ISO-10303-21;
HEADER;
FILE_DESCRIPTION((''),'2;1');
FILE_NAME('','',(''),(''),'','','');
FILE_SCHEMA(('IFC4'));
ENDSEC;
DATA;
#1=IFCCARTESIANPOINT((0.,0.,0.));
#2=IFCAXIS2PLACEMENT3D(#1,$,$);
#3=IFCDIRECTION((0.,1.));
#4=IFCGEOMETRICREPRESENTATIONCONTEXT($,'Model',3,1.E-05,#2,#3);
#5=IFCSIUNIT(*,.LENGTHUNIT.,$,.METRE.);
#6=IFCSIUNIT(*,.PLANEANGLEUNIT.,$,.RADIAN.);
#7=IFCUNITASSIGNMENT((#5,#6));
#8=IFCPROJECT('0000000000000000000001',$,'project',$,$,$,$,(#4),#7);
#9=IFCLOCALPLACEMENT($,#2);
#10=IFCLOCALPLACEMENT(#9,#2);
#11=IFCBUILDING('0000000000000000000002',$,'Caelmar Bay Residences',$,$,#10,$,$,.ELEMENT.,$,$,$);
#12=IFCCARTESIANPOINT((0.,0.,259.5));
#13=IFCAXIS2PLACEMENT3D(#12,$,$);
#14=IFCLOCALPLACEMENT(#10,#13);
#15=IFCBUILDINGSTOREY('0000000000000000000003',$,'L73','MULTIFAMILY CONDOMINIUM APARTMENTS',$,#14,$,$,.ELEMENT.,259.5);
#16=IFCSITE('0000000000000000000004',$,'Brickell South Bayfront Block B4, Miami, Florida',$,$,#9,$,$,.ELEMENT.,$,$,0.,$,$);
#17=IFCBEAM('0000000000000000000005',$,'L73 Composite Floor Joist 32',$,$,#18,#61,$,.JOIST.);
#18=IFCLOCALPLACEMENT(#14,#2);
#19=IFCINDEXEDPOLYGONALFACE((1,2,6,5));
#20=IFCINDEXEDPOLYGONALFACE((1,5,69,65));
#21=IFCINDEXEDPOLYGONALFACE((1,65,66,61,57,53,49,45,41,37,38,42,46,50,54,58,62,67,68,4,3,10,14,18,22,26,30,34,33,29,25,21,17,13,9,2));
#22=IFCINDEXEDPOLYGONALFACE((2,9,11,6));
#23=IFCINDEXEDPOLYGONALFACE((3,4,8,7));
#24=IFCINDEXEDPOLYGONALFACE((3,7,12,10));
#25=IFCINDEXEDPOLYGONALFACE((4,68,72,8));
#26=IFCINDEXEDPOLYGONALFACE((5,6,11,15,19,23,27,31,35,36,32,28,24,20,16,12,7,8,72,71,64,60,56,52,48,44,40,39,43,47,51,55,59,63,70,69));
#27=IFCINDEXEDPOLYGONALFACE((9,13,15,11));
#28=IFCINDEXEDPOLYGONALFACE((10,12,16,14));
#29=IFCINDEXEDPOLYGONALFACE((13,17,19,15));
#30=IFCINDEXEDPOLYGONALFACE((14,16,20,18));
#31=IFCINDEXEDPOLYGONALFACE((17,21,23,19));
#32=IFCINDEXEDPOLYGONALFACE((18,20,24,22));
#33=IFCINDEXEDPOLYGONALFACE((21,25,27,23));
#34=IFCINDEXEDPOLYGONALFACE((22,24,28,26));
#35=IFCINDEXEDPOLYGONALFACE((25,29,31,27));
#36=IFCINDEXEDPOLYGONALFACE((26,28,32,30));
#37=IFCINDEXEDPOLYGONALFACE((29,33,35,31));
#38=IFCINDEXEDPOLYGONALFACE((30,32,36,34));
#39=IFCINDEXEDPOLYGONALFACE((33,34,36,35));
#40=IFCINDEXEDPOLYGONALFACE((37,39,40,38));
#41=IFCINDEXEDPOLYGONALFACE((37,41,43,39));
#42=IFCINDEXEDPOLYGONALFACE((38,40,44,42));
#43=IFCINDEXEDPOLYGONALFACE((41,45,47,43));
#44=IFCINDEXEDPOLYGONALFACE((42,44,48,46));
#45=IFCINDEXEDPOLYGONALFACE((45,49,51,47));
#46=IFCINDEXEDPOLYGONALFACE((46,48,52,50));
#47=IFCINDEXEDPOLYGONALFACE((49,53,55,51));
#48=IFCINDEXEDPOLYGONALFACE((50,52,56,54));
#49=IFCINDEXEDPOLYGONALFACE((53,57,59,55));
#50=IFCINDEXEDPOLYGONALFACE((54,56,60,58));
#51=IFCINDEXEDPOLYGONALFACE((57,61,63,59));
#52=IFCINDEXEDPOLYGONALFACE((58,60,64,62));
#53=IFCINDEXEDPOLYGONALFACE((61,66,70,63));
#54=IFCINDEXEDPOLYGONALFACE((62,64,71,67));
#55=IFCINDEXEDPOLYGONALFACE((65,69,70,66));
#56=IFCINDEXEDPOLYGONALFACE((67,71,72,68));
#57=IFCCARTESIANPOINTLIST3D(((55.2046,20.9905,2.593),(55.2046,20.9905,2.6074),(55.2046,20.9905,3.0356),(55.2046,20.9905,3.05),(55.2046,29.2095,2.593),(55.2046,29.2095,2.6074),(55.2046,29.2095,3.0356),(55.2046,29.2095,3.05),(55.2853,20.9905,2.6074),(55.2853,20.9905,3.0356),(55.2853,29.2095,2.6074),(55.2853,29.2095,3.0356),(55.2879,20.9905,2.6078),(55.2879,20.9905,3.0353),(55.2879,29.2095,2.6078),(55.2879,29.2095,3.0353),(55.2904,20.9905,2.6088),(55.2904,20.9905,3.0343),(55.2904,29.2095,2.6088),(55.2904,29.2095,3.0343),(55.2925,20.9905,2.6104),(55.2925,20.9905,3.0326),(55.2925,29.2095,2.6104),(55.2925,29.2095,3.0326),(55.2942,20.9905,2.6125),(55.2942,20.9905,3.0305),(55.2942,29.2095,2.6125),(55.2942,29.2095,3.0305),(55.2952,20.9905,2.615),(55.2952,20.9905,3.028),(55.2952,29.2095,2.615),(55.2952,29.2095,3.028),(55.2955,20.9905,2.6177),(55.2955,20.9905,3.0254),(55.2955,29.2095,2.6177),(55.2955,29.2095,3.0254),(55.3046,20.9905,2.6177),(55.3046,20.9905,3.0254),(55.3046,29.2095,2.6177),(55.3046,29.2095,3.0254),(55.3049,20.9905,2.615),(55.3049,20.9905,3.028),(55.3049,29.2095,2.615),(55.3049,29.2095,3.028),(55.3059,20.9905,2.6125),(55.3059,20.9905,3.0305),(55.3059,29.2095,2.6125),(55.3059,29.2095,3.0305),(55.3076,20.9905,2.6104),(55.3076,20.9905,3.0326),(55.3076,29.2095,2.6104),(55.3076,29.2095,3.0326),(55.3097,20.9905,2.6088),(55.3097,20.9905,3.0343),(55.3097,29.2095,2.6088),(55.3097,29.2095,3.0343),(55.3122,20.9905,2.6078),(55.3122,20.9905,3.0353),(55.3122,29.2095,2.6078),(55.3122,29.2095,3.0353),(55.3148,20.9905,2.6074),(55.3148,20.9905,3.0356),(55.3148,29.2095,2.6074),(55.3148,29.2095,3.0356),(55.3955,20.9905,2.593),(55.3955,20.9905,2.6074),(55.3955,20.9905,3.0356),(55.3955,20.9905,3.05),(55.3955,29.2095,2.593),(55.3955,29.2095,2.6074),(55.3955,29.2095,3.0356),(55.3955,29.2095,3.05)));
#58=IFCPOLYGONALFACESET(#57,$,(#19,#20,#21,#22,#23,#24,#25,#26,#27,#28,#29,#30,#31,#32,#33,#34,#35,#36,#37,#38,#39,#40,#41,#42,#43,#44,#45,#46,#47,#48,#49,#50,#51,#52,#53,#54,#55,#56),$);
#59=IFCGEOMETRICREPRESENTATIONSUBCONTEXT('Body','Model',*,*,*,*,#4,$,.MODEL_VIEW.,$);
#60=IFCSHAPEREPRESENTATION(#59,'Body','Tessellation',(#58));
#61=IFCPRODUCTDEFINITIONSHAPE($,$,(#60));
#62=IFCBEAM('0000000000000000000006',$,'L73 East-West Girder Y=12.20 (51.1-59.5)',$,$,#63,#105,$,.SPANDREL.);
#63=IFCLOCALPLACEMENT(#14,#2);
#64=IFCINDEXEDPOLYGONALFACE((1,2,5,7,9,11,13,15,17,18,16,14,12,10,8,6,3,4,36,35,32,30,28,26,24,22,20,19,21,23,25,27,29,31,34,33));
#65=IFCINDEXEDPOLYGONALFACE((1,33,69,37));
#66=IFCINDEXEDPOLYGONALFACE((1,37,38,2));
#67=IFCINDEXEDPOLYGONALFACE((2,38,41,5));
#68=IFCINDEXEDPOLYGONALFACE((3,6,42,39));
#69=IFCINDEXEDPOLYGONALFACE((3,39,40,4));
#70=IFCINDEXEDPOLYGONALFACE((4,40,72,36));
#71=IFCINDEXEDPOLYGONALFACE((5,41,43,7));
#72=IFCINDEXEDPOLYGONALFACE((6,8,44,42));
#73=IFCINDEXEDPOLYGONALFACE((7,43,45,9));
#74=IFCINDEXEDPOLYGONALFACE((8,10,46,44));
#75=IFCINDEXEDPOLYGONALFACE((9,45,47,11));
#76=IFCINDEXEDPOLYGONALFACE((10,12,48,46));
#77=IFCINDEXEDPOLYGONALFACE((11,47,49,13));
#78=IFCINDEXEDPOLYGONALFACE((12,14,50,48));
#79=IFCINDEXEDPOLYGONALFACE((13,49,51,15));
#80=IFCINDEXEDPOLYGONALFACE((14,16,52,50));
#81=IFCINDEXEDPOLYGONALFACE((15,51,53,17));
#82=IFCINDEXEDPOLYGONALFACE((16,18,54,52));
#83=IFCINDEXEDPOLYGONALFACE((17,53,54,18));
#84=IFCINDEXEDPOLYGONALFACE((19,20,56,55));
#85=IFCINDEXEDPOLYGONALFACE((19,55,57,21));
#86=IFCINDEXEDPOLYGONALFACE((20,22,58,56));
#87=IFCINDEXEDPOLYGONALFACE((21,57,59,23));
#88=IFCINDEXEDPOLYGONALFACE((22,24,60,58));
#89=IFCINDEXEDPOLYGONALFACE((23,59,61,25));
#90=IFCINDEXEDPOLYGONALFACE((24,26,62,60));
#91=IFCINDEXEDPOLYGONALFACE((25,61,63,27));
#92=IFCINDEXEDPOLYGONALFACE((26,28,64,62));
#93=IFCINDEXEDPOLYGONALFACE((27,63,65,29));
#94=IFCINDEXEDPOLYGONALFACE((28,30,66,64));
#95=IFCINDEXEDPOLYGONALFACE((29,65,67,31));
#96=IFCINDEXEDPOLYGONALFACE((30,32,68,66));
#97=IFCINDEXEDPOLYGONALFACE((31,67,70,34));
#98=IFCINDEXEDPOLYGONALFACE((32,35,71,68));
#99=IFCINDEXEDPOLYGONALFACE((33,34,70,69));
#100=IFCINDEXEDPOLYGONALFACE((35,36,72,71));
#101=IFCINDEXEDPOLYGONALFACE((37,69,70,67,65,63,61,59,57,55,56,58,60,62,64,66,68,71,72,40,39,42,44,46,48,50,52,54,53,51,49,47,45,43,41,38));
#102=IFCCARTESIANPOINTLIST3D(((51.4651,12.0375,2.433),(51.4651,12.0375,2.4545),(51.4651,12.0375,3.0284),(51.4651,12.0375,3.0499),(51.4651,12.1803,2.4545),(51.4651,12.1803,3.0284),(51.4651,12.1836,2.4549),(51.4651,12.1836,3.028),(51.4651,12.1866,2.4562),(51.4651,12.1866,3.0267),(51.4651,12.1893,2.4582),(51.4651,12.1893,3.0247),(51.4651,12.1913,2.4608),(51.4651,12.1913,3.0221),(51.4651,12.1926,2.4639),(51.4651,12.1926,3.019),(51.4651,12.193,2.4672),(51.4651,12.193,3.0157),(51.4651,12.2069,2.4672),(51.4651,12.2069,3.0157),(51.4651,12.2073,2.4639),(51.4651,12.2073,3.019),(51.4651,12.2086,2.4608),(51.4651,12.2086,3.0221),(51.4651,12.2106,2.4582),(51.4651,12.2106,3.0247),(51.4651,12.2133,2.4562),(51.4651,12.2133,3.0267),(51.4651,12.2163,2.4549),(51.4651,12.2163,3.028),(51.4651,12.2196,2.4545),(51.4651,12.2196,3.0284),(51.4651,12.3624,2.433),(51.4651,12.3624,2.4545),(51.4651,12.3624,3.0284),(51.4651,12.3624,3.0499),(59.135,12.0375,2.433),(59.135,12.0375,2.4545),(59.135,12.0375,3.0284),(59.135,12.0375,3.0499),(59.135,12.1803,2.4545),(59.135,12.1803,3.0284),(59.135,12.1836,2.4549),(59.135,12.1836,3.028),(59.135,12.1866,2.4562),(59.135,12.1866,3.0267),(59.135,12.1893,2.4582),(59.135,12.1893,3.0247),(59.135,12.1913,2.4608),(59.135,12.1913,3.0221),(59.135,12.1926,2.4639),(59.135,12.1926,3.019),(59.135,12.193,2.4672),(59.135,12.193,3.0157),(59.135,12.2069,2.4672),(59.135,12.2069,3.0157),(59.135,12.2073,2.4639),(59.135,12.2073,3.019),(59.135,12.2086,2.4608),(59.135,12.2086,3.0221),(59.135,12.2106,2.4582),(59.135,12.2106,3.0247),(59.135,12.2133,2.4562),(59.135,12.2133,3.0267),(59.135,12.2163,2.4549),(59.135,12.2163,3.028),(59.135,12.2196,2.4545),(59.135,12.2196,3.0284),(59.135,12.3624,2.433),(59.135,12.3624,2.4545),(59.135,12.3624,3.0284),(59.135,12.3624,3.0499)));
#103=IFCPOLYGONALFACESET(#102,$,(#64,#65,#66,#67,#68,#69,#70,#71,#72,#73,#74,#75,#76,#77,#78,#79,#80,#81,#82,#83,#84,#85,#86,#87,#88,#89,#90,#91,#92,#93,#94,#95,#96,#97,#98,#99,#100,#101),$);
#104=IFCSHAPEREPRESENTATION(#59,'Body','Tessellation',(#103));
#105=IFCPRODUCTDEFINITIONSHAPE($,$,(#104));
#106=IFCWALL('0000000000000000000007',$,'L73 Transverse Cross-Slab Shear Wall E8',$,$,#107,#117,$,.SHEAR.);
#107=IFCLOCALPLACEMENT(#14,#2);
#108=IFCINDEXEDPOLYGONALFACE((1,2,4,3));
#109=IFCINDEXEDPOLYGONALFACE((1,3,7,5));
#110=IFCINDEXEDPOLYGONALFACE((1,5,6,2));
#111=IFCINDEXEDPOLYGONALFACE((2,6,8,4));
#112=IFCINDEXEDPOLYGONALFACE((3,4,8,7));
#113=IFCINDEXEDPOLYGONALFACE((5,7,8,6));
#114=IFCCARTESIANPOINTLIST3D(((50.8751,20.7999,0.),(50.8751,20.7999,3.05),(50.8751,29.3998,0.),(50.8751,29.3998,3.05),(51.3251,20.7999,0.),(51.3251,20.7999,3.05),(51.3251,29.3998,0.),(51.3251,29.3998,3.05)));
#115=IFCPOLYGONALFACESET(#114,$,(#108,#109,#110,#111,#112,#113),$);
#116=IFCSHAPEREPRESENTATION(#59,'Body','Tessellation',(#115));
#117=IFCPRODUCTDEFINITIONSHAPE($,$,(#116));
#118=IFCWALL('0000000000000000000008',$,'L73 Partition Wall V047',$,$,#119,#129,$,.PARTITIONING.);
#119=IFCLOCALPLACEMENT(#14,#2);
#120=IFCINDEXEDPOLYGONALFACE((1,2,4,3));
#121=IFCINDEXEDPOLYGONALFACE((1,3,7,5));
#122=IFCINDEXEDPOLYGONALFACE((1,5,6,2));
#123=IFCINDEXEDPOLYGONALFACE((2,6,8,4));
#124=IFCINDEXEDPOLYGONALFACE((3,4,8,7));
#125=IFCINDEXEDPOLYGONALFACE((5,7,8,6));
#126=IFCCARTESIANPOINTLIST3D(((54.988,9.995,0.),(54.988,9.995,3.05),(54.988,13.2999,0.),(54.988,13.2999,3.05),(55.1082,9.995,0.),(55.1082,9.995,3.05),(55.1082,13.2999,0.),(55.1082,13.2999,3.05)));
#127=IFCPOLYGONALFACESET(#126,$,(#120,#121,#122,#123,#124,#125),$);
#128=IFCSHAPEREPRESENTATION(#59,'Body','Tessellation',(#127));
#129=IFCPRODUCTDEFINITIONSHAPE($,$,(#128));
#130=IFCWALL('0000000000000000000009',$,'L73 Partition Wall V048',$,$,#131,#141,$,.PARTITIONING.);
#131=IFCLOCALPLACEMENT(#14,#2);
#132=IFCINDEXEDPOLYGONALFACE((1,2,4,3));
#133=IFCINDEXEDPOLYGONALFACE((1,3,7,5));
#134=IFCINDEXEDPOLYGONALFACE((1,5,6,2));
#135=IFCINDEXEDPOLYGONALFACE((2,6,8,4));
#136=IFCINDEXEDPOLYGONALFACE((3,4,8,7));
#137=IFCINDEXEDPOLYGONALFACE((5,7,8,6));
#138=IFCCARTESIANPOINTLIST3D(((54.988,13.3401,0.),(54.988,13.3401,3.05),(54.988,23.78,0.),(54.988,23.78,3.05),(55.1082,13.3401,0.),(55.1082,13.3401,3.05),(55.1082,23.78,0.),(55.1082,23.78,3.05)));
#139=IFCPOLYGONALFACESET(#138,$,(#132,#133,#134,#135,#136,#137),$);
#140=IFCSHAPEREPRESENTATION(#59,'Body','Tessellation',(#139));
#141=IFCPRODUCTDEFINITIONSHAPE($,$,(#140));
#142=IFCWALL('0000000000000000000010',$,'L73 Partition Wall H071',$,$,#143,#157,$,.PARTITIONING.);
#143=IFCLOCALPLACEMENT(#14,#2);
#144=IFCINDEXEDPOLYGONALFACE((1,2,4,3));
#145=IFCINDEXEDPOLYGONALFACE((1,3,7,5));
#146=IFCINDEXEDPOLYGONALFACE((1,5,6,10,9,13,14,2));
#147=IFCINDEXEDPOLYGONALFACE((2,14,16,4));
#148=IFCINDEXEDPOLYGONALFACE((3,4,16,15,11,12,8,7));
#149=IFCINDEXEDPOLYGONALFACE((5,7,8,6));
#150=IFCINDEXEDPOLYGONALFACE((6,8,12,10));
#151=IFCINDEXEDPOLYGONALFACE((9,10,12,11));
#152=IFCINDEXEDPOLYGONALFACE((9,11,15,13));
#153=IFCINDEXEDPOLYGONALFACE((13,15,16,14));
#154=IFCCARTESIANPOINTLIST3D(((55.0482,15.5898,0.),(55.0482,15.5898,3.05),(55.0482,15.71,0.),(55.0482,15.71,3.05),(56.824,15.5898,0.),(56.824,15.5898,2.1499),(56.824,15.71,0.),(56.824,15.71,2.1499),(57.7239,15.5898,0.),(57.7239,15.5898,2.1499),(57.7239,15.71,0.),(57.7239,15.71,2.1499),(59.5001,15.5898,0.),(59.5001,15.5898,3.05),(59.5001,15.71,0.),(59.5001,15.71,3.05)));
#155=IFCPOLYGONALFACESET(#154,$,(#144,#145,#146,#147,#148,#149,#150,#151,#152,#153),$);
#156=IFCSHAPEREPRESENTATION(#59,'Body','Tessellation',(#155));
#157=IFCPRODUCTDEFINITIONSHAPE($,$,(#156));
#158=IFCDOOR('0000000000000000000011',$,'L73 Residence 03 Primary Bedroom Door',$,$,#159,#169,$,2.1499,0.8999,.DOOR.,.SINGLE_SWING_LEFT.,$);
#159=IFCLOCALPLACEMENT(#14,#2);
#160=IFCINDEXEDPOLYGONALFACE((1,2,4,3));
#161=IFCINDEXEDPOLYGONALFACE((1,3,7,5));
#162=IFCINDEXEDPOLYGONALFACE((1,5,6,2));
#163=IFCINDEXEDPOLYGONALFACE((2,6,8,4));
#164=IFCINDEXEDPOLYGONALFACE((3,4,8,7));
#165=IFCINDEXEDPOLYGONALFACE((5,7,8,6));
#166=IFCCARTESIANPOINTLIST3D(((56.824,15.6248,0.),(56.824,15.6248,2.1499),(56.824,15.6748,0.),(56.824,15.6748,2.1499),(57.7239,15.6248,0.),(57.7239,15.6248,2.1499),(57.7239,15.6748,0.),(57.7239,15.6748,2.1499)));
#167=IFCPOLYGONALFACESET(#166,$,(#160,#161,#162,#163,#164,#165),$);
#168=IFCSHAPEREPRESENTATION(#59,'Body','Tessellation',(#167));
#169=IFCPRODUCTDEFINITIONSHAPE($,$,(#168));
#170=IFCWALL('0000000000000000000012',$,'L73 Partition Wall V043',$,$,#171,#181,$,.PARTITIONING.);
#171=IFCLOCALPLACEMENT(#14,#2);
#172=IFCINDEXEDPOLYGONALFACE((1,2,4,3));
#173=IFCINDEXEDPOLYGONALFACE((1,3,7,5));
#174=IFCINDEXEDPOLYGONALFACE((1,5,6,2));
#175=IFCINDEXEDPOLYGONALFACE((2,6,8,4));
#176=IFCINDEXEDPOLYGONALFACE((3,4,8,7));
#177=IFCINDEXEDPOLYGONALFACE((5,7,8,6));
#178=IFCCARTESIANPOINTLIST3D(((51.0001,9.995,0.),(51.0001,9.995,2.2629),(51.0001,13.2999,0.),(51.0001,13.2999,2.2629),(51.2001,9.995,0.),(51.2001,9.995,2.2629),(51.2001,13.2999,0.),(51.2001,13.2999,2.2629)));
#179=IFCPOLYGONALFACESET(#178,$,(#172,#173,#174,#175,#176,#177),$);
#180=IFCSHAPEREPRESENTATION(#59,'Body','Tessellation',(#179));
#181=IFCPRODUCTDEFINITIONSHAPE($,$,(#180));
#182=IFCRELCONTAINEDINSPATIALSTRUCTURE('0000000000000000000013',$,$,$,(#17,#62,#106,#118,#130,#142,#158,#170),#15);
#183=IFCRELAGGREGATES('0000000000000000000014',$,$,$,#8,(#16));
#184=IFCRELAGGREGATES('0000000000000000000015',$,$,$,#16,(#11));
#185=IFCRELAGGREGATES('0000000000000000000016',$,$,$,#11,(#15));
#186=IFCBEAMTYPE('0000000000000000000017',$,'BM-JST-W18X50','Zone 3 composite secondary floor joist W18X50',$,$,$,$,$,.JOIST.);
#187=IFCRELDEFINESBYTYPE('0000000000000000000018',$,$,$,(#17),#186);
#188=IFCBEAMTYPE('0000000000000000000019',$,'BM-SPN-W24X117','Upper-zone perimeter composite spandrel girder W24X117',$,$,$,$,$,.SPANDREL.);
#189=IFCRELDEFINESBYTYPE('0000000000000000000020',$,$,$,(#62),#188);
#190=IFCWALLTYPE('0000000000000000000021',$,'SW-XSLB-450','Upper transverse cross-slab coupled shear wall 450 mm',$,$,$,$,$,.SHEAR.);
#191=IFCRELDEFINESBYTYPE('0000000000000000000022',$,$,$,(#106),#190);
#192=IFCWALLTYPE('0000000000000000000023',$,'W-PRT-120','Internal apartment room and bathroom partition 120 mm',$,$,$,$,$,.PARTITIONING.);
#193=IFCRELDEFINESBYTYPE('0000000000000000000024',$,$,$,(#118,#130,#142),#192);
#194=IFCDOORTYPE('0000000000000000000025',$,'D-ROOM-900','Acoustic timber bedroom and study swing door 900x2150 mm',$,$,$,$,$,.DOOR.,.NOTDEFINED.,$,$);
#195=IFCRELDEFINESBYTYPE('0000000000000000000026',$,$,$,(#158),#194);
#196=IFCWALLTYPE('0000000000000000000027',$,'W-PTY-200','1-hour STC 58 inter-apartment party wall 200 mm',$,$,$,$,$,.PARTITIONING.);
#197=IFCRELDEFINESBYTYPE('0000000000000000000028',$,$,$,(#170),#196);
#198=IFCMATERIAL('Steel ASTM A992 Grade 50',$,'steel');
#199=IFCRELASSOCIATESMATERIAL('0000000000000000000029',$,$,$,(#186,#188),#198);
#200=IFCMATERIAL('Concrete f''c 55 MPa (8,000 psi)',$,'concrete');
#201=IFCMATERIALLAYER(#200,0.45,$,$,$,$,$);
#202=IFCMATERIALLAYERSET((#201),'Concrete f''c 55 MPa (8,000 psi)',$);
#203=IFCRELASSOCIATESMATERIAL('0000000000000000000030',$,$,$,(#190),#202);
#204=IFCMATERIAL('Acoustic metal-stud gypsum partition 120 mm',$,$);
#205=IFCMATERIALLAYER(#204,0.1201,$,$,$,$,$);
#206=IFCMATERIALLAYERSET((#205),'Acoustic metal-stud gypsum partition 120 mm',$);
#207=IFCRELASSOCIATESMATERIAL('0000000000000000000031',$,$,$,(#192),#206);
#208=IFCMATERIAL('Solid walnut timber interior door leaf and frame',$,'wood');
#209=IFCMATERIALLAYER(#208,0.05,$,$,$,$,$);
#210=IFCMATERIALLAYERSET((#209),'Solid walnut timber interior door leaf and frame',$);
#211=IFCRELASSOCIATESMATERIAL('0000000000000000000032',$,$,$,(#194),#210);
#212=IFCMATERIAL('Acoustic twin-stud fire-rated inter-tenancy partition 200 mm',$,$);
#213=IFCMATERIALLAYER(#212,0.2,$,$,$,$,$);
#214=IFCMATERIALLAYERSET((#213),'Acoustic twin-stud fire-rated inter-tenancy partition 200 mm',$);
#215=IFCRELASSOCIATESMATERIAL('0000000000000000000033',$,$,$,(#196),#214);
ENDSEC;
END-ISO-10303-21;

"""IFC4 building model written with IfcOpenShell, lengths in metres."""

from ifc_helpers import new_model, si_unit, direction, frame, frame_2d, origin, origin_2d, place, context, subcontext, project, spatial, rectangle, i_section, extrude, material, layer, layer_set, material_profile, profile_set, type_object, element, fill, save


model = new_model("IFC4")

# Units and contexts
model_context = context("Model", 3, precision=1e-05, world=origin(), true_north=direction((0.0, 1.0)))
body_context = subcontext(model_context, "Body", "Model", "MODEL_VIEW")
ifc_project = project(units=[si_unit("LENGTHUNIT", "METRE"), si_unit("PLANEANGLEUNIT", "RADIAN")], contexts=[model_context])

# Site, building, storey
site_placement = place(None, origin())
site = spatial("IfcSite", under=ifc_project, at=site_placement, Name="Brickell South Bayfront Block B4, Miami, Florida", CompositionType="ELEMENT", RefElevation=0.0)
building_placement = place(site_placement, origin())
building = spatial("IfcBuilding", under=site, at=building_placement, Name="Caelmar Bay Residences", CompositionType="ELEMENT")
storey_placement = place(building_placement, frame((0.0, 0.0, 259.5)))
storey = spatial("IfcBuildingStorey", under=building, at=storey_placement, Name="L73", Description="MULTIFAMILY CONDOMINIUM APARTMENTS", CompositionType="ELEMENT", Elevation=259.5)

# Shared definitions
ifc_material_1 = material(Name="Concrete f'c 55 MPa (8,000 psi)", Category="concrete")

# Beams
ifc_material_2 = material(Name="Steel ASTM A992 Grade 50", Category="steel")
ifc_material_profile_1 = material_profile(ifc_material_2, i_section(OverallWidth=0.1909, OverallDepth=0.457, WebThickness=0.009, FlangeThickness=0.0144, FilletRadius=0.0103, at=origin_2d()), Name="W18X50")
ifc_profile_set_1 = profile_set([ifc_material_profile_1], Name="Steel ASTM A992 Grade 50")
beam_type_1 = type_object("IfcBeamType", Name="BM-JST-W18X50", Description="Zone 3 composite secondary floor joist W18X50", PredefinedType="JOIST", material=ifc_profile_set_1)
beam_1_placement = place(storey_placement, frame((55.3, 20.9905, 2.8215), z_axis=(0.0, 1.0, 0.0), x_axis=(-1.0, 0.0, 0.0)))
element("IfcBeam", 1, at=beam_1_placement, inside=storey, type_object=beam_type_1, Name="L73 Composite Floor Joist 32", PredefinedType="JOIST", context=body_context, shape_type="SweptSolid", body=[
    extrude(i_section(OverallWidth=0.1909, OverallDepth=0.457, WebThickness=0.009, FlangeThickness=0.0144, FilletRadius=0.0103, at=origin_2d()), origin(), (0.0, 0.0, 1.0), 8.219),
])
ifc_material_profile_2 = material_profile(ifc_material_2, i_section(OverallWidth=0.325, OverallDepth=0.6169, WebThickness=0.0139, FlangeThickness=0.0215, FilletRadius=0.0127, at=origin_2d()), Name="W24X117")
ifc_profile_set_2 = profile_set([ifc_material_profile_2], Name="Steel ASTM A992 Grade 50")
beam_type_2 = type_object("IfcBeamType", Name="BM-SPN-W24X117", Description="Upper-zone perimeter composite spandrel girder W24X117", PredefinedType="SPANDREL", material=ifc_profile_set_2)
beam_2_placement = place(storey_placement, frame((51.4651, 12.2, 2.7415), z_axis=(1.0, 0.0, 0.0), x_axis=(0.0, 1.0, 0.0)))
element("IfcBeam", 2, at=beam_2_placement, inside=storey, type_object=beam_type_2, Name="L73 East-West Girder Y=12.20 (51.1-59.5)", PredefinedType="SPANDREL", context=body_context, shape_type="SweptSolid", body=[
    extrude(i_section(OverallWidth=0.325, OverallDepth=0.6169, WebThickness=0.0139, FlangeThickness=0.0215, FilletRadius=0.0127, at=origin_2d()), origin(), (0.0, 0.0, 1.0), 7.6699),
])

# Walls
ifc_layer_1 = layer(ifc_material_1, 0.45)
ifc_layer_set_1 = layer_set([ifc_layer_1], Name="Concrete f'c 55 MPa (8,000 psi)")
wall_type_1 = type_object("IfcWallType", Name="SW-XSLB-450", Description="Upper transverse cross-slab coupled shear wall 450 mm", PredefinedType="SHEAR", material=ifc_layer_set_1)
wall_1_placement = place(storey_placement, frame((51.1001, 20.8, 0.0), z_axis=(0.0, 0.0, 1.0), x_axis=(0.0, 1.0, 0.0)))
element("IfcWall", 3, at=wall_1_placement, inside=storey, type_object=wall_type_1, Name="L73 Transverse Cross-Slab Shear Wall E8", PredefinedType="SHEAR", context=body_context, shape_type="SweptSolid", body=[
    extrude(rectangle(XDim=8.5999, YDim=0.45, at=frame_2d((4.2998, 0.0))), origin(), (0.0, 0.0, 1.0), 3.05),
])
ifc_material_3 = material(Name="Acoustic metal-stud gypsum partition 120 mm")
ifc_layer_2 = layer(ifc_material_3, 0.1201)
ifc_layer_set_2 = layer_set([ifc_layer_2], Name="Acoustic metal-stud gypsum partition 120 mm")
wall_type_2 = type_object("IfcWallType", Name="W-PRT-120", Description="Internal apartment room and bathroom partition 120 mm", PredefinedType="PARTITIONING", material=ifc_layer_set_2)
wall_2_placement = place(storey_placement, frame((55.0481, 9.9951, 0.0), z_axis=(0.0, 0.0, 1.0), x_axis=(0.0, 1.0, 0.0)))
element("IfcWall", 4, at=wall_2_placement, inside=storey, type_object=wall_type_2, Name="L73 Partition Wall V047", PredefinedType="PARTITIONING", context=body_context, shape_type="SweptSolid", body=[
    extrude(rectangle(XDim=3.3049, YDim=0.1201, at=frame_2d((1.6523, 0.0))), origin(), (0.0, 0.0, 1.0), 3.05),
])
wall_3_placement = place(storey_placement, frame((55.0481, 13.3401, 0.0), z_axis=(0.0, 0.0, 1.0), x_axis=(0.0, 1.0, 0.0)))
element("IfcWall", 5, at=wall_3_placement, inside=storey, type_object=wall_type_2, Name="L73 Partition Wall V048", PredefinedType="PARTITIONING", context=body_context, shape_type="SweptSolid", body=[
    extrude(rectangle(XDim=10.4399, YDim=0.1201, at=frame_2d((5.22, 0.0))), origin(), (0.0, 0.0, 1.0), 3.05),
])

# Wall, opening, door
wall_4_placement = place(storey_placement, frame((55.0481, 15.6499, 0.0), z_axis=(0.0, 0.0, 1.0), x_axis=(1.0, 0.0, 0.0)))
wall_4 = element("IfcWall", 6, at=wall_4_placement, inside=storey, type_object=wall_type_2, Name="L73 Partition Wall H071", PredefinedType="PARTITIONING", context=body_context, shape_type="SweptSolid", body=[
    extrude(rectangle(XDim=4.4519, YDim=0.1201, at=frame_2d((2.2261, 0.0))), origin(), (0.0, 0.0, 1.0), 3.05),
])
opening_placement = place(wall_4_placement, frame((1.7759, 0.0, 0.0)))
opening = element("IfcOpeningElement", 7, at=opening_placement, cuts=wall_4, PredefinedType="OPENING", context=body_context, shape_type="SweptSolid", body=[
    extrude(rectangle(XDim=0.8999, YDim=2.1499, at=frame_2d((0.45, 1.075))), frame((0.0, 0.0701, 0.0), z_axis=(0.0, -1.0, 0.0), x_axis=(1.0, 0.0, 0.0)), (0.0, 0.0, 1.0), 0.1401),
])
ifc_material_4 = material(Name="Solid walnut timber interior door leaf and frame", Category="wood")
ifc_layer_3 = layer(ifc_material_4, 0.05)
ifc_layer_set_3 = layer_set([ifc_layer_3], Name="Solid walnut timber interior door leaf and frame")
door_type = type_object("IfcDoorType", Name="D-ROOM-900", Description="Acoustic timber bedroom and study swing door 900x2150 mm", OperationType="NOTDEFINED", PredefinedType="DOOR", material=ifc_layer_set_3)
door_placement = place(opening_placement, origin())
door = element("IfcDoor", 8, at=door_placement, inside=storey, type_object=door_type, Name="L73 Residence 03 Primary Bedroom Door", OperationType="SINGLE_SWING_LEFT", OverallHeight=2.1499, OverallWidth=0.8999, PredefinedType="DOOR", context=body_context, shape_type="SweptSolid", body=[
    extrude(rectangle(XDim=0.8999, YDim=2.1499, at=frame_2d((0.45, 1.075))), frame((0.0, 0.0249, 0.0), z_axis=(0.0, -1.0, 0.0), x_axis=(1.0, 0.0, 0.0)), (0.0, 0.0, 1.0), 0.05),
])
fill(opening, door)

# Wall
ifc_material_5 = material(Name="Acoustic twin-stud fire-rated inter-tenancy partition 200 mm")
ifc_layer_4 = layer(ifc_material_5, 0.2)
ifc_layer_set_4 = layer_set([ifc_layer_4], Name="Acoustic twin-stud fire-rated inter-tenancy partition 200 mm")
wall_type_3 = type_object("IfcWallType", Name="W-PTY-200", Description="1-hour STC 58 inter-apartment party wall 200 mm", PredefinedType="PARTITIONING", material=ifc_layer_set_4)
wall_5_placement = place(storey_placement, frame((51.1001, 9.9951, 0.0), z_axis=(0.0, 0.0, 1.0), x_axis=(0.0, 1.0, 0.0)))
element("IfcWall", 9, at=wall_5_placement, inside=storey, type_object=wall_type_3, Name="L73 Partition Wall V043", PredefinedType="PARTITIONING", context=body_context, shape_type="SweptSolid", body=[
    extrude(rectangle(XDim=3.3049, YDim=0.2, at=frame_2d((1.6523, 0.0))), origin(), (0.0, 0.0, 1.0), 2.2629),
])

save(model, "model.ifc")
